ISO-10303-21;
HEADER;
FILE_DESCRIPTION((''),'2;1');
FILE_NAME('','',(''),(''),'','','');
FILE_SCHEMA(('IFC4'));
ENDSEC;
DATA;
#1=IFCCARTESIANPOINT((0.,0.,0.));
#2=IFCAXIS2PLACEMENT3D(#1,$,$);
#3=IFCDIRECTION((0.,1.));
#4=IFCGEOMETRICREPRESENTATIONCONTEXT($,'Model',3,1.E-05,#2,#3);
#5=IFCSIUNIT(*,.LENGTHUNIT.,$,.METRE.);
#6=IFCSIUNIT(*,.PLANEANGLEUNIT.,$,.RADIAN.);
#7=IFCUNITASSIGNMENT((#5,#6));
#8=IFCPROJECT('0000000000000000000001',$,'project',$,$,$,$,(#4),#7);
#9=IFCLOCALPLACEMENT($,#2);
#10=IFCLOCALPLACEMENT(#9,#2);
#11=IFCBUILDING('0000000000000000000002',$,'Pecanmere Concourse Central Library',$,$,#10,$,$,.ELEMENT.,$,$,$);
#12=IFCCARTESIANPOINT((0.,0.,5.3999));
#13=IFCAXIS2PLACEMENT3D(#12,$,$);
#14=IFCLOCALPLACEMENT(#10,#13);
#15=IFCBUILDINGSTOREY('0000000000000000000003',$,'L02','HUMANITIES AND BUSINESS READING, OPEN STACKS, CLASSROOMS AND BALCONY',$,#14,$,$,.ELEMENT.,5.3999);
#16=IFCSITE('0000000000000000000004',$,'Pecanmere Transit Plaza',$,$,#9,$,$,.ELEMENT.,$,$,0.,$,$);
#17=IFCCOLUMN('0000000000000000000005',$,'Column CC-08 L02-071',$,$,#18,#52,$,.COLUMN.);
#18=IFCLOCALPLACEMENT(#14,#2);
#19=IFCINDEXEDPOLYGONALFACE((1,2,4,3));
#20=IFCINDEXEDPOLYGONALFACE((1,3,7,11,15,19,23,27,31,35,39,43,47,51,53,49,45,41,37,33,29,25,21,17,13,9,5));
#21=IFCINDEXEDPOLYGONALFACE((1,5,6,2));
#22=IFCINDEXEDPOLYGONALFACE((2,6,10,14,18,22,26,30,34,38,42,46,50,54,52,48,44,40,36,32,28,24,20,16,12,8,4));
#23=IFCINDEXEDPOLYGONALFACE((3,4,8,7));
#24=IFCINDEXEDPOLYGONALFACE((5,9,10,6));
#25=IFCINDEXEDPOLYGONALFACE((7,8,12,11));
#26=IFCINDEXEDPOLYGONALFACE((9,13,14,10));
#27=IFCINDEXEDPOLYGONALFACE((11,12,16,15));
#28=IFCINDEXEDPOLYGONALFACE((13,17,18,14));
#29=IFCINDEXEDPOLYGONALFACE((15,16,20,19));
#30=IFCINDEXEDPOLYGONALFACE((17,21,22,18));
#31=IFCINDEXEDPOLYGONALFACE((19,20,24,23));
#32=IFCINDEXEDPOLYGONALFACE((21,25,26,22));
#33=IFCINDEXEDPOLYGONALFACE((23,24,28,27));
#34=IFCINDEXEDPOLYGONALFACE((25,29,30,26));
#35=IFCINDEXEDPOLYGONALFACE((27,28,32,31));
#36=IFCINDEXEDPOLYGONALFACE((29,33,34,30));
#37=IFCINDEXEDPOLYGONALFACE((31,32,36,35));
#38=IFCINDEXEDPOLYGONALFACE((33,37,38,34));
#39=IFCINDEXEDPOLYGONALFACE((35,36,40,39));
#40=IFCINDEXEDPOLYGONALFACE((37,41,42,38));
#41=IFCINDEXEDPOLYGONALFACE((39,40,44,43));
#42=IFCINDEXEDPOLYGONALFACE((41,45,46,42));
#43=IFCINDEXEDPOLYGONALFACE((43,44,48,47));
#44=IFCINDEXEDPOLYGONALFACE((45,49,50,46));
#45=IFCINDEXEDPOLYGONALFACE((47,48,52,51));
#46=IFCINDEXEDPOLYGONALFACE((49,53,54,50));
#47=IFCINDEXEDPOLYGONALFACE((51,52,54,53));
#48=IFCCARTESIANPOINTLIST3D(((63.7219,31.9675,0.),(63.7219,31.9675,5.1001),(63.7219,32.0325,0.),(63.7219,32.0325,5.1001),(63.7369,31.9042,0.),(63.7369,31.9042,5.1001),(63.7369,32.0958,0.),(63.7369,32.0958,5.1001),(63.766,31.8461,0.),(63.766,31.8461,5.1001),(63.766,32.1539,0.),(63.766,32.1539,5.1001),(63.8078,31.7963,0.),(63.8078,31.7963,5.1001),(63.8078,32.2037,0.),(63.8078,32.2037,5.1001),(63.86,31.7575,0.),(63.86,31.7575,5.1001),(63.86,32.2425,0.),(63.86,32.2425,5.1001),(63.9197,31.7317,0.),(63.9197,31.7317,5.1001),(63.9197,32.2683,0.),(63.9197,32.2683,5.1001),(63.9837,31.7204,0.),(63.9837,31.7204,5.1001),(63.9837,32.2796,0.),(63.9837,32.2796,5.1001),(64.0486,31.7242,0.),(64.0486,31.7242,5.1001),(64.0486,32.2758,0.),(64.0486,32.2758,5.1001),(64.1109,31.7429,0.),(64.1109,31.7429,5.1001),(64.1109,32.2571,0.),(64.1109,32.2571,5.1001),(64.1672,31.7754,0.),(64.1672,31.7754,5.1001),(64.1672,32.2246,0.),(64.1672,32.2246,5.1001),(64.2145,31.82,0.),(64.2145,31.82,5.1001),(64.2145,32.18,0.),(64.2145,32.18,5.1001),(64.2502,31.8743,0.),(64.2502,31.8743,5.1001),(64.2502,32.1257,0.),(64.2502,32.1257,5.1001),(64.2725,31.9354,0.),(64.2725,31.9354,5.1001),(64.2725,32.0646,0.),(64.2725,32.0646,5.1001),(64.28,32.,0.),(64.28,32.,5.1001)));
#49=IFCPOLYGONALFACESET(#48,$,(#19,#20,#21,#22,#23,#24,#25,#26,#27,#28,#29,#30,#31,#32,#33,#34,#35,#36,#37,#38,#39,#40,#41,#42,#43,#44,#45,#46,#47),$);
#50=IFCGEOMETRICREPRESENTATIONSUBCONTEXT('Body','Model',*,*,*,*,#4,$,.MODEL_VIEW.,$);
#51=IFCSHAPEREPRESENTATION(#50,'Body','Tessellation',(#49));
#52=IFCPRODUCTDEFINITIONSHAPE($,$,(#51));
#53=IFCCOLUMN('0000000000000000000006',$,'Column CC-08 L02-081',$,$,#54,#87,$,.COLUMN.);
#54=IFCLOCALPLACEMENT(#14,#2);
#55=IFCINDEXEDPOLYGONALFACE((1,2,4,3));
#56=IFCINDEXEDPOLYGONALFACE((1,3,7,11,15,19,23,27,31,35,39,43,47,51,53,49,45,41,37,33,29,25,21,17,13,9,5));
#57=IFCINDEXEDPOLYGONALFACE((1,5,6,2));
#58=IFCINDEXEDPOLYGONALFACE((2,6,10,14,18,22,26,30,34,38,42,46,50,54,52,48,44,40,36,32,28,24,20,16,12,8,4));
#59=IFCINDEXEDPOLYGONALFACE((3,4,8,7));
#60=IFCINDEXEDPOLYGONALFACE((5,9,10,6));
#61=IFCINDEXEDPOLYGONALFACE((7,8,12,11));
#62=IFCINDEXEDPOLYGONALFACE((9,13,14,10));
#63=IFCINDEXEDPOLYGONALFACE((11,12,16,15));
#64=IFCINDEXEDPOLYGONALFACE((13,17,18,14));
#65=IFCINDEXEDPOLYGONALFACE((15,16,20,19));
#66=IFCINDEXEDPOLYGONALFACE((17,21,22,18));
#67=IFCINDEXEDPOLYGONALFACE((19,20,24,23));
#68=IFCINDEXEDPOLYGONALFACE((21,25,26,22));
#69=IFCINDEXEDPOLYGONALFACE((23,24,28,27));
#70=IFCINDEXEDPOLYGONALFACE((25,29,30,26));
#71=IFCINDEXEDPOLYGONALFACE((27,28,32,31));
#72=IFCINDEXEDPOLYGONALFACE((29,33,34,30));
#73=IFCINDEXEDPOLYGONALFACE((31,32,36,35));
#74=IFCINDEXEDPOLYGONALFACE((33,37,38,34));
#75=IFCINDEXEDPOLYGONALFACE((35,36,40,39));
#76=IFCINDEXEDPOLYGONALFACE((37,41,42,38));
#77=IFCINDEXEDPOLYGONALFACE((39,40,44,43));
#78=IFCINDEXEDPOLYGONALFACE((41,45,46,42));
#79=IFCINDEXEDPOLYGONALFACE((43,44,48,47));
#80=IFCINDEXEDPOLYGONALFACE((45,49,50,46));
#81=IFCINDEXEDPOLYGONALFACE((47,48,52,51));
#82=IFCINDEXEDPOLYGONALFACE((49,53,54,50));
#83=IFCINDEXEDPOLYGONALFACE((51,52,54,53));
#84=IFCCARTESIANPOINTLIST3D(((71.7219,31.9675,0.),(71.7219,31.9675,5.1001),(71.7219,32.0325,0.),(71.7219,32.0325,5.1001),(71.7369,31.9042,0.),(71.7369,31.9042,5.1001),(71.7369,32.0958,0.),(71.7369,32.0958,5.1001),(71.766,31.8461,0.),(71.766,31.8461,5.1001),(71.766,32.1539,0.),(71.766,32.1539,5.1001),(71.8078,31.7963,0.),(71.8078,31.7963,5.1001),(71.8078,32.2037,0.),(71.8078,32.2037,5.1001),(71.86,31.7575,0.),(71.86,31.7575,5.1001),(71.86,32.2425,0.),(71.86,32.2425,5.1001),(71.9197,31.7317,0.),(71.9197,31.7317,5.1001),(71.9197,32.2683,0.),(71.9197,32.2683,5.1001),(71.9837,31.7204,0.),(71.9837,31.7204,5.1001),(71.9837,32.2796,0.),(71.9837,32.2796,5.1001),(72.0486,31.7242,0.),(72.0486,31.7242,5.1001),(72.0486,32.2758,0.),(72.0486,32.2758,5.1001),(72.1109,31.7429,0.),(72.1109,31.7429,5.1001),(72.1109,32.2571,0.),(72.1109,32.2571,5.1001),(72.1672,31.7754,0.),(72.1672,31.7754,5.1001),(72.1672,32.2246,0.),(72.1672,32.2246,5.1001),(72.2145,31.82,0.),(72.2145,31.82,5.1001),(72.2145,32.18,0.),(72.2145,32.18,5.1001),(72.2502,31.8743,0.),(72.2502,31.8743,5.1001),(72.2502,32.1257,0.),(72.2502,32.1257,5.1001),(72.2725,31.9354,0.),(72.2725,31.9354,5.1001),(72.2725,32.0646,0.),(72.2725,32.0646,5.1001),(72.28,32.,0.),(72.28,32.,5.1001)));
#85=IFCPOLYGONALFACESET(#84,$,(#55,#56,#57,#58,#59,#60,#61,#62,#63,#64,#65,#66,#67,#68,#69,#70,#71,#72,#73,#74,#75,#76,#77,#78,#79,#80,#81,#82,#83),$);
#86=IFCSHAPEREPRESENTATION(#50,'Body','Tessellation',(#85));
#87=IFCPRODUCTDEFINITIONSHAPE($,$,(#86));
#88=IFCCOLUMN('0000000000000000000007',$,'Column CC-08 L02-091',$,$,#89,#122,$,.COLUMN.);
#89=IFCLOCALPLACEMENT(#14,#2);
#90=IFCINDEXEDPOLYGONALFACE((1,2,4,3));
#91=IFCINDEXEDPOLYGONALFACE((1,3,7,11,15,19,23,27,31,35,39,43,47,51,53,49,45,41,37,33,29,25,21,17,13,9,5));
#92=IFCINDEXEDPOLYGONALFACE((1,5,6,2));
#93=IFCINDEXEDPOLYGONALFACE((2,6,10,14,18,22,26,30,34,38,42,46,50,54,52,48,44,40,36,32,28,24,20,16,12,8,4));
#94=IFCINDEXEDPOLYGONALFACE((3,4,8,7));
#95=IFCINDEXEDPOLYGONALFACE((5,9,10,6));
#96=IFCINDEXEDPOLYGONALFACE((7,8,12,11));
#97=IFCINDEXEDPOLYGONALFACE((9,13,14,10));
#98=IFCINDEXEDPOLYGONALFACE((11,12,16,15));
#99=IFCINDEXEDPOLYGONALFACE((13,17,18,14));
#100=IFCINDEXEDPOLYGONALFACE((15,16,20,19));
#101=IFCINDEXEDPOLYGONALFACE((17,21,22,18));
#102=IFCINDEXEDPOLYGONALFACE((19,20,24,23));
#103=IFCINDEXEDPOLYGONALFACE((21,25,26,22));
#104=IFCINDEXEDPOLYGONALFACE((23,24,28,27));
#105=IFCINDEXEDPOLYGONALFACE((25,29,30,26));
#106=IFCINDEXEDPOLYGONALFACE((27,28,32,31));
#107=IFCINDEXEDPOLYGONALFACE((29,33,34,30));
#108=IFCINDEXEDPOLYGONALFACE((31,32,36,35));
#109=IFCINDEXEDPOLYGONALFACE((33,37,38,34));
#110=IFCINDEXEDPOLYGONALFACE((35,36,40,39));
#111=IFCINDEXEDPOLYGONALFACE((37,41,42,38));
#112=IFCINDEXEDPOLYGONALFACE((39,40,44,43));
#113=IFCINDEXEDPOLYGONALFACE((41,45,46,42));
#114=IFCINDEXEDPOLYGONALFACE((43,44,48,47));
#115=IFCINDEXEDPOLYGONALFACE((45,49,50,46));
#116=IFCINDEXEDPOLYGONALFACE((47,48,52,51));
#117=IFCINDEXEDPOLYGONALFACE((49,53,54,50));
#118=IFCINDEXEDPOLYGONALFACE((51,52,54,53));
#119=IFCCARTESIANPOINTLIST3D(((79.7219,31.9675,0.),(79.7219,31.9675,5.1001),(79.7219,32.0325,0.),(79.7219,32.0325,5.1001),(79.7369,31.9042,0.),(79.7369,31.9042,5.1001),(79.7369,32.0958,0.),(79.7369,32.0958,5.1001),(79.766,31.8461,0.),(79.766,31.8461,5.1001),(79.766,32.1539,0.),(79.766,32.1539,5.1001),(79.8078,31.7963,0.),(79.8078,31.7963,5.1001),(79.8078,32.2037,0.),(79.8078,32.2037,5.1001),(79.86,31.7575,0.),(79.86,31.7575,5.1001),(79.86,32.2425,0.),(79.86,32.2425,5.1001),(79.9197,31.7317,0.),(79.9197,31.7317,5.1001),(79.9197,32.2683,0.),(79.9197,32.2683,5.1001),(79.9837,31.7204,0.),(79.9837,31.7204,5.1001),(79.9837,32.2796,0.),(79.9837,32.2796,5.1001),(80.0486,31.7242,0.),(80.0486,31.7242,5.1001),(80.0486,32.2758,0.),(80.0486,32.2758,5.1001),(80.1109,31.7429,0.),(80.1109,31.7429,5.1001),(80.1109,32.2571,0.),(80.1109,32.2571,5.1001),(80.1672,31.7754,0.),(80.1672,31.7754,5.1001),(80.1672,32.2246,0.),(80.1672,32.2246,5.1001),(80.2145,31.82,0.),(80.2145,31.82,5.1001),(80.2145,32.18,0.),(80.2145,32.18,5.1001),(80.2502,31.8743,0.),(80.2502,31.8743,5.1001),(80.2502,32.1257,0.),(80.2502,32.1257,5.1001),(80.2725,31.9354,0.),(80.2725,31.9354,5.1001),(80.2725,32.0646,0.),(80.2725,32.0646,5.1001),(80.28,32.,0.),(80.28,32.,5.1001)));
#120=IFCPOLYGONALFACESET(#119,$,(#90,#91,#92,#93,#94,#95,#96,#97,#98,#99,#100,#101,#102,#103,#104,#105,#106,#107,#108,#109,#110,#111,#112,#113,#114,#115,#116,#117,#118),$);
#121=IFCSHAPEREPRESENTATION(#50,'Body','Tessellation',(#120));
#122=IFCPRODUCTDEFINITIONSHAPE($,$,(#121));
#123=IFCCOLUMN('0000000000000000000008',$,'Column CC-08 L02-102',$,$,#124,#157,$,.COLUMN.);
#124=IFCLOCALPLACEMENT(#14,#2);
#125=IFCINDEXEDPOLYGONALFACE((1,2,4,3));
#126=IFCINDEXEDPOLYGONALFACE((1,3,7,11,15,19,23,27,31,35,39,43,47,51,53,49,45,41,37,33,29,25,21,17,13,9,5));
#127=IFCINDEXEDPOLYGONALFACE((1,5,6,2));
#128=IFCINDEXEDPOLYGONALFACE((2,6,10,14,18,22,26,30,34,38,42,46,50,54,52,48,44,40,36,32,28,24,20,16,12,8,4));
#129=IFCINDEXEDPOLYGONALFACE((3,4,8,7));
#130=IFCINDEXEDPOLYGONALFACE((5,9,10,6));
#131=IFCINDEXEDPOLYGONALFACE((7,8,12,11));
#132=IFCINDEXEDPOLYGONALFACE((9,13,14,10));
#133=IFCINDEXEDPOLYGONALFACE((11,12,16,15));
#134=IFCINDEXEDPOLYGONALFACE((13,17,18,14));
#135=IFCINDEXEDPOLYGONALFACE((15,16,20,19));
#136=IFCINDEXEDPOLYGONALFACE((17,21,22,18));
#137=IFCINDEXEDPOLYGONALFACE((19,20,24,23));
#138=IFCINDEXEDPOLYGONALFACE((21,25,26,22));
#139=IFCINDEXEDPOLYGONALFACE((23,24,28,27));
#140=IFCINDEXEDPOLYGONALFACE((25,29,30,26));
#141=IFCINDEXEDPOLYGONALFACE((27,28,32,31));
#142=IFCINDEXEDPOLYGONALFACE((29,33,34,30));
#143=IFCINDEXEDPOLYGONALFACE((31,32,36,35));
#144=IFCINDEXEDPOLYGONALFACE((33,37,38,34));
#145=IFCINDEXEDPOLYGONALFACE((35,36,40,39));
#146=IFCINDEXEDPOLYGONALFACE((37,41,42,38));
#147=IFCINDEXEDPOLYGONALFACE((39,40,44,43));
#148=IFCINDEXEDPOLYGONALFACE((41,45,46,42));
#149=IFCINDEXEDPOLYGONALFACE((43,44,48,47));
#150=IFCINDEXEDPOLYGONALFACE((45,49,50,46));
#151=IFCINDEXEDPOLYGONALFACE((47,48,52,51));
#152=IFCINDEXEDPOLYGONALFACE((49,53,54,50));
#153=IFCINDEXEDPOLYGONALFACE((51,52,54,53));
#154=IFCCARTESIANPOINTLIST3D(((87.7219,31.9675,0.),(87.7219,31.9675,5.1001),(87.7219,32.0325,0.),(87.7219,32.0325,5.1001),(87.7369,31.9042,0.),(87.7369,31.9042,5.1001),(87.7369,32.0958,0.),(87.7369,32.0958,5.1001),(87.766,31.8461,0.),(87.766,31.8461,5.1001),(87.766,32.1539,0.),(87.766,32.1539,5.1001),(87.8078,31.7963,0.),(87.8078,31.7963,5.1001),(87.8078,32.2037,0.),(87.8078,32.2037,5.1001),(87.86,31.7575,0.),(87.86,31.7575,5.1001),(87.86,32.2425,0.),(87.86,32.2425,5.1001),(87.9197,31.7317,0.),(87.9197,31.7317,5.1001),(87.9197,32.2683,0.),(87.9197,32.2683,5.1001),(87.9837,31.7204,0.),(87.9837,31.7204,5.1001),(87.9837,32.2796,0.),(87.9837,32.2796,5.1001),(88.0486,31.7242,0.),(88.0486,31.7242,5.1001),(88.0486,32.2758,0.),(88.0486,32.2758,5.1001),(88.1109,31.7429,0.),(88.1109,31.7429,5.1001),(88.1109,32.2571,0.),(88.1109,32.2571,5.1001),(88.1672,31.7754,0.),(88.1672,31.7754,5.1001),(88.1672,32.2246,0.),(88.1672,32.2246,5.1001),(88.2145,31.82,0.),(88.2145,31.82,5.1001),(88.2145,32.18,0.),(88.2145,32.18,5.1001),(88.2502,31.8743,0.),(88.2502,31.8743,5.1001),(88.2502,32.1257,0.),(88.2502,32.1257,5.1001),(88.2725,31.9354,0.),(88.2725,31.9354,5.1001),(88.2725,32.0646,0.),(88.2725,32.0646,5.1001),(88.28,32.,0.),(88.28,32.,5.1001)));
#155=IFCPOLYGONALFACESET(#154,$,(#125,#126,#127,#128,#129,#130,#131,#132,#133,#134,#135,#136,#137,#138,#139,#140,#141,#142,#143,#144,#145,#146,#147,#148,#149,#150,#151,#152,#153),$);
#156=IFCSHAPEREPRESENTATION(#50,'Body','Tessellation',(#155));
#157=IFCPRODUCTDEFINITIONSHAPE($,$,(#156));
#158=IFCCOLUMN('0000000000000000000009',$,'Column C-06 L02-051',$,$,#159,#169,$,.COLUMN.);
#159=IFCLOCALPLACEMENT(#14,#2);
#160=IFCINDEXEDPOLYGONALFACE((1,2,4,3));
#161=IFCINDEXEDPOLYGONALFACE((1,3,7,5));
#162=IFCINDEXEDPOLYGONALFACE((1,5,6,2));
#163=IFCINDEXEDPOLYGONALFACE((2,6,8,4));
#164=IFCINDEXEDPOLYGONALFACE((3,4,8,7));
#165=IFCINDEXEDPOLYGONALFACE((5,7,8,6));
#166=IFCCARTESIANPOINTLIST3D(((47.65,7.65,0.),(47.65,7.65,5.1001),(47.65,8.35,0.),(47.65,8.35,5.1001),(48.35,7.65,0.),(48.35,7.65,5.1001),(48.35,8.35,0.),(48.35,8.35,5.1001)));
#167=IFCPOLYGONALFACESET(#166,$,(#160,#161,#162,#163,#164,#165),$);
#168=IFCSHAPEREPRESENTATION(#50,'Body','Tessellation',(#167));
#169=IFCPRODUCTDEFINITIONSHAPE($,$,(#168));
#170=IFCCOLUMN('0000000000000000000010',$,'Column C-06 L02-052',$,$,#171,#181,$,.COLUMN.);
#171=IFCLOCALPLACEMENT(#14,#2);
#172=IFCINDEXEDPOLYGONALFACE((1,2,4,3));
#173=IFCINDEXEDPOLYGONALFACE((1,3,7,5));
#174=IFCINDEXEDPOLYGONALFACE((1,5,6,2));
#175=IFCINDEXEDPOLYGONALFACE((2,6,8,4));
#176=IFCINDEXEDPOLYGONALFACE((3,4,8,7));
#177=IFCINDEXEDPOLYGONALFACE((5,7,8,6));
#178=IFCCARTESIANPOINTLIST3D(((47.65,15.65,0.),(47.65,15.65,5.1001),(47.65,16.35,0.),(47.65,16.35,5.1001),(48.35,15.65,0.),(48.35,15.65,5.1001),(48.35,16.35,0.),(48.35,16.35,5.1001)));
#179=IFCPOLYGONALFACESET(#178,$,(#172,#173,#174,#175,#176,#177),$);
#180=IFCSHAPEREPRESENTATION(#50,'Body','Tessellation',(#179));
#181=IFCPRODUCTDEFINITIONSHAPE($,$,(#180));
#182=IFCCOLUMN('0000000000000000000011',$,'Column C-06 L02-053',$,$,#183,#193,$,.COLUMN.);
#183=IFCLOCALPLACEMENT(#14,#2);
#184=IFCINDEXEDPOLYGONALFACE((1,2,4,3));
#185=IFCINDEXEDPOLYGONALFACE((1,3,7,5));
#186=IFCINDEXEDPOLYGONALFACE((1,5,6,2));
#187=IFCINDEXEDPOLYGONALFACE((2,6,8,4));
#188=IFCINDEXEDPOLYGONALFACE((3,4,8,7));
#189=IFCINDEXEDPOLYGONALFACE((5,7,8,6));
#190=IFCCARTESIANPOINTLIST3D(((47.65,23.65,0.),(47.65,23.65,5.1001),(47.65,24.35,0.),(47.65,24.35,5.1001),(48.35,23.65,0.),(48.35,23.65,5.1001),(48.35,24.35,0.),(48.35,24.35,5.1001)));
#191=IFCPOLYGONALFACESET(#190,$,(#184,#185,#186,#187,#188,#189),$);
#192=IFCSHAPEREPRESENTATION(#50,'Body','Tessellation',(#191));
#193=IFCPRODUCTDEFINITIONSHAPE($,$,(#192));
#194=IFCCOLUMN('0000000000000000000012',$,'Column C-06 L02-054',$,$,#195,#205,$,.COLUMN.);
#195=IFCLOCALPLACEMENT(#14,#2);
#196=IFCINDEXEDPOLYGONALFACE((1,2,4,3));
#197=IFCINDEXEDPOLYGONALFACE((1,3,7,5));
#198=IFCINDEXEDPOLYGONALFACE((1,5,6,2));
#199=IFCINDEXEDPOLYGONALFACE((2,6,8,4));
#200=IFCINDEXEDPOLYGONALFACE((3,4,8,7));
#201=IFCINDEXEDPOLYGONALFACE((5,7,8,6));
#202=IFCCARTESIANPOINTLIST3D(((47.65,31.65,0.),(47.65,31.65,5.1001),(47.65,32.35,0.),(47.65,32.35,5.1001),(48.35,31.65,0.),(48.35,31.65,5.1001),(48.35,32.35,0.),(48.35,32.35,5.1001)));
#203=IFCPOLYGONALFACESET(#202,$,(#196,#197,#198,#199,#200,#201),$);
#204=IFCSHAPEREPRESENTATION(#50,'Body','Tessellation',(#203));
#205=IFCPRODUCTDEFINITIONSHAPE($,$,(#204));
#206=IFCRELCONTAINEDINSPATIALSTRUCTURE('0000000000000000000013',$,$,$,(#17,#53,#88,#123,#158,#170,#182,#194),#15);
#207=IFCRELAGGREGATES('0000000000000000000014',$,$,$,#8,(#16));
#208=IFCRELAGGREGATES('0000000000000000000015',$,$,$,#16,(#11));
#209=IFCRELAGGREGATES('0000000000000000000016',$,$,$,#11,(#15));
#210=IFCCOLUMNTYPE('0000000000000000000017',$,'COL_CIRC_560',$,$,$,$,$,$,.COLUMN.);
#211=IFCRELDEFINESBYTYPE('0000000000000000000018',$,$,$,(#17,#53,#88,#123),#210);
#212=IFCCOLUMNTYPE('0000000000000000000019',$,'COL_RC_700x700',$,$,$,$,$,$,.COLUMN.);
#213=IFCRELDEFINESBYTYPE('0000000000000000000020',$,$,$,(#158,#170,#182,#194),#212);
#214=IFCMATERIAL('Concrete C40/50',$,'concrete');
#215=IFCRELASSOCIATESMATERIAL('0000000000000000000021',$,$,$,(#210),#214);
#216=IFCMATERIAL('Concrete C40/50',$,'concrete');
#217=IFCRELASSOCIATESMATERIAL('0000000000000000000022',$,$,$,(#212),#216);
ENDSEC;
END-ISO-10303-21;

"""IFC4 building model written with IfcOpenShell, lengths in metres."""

from ifc_helpers import new_model, si_unit, direction, frame, origin, origin_2d, place, context, subcontext, project, spatial, rectangle, circle, extrude, material, material_profile, profile_set, type_object, element, save


model = new_model("IFC4")

# Units and contexts
model_context = context("Model", 3, precision=1e-05, world=origin(), true_north=direction((0.0, 1.0)))
body_context = subcontext(model_context, "Body", "Model", "MODEL_VIEW")
ifc_project = project(units=[si_unit("LENGTHUNIT", "METRE"), si_unit("PLANEANGLEUNIT", "RADIAN")], contexts=[model_context])

# Site, building, storey
site_placement = place(None, origin())
site = spatial("IfcSite", under=ifc_project, at=site_placement, Name="Pecanmere Transit Plaza", CompositionType="ELEMENT", RefElevation=0.0)
building_placement = place(site_placement, origin())
building = spatial("IfcBuilding", under=site, at=building_placement, Name="Pecanmere Concourse Central Library", CompositionType="ELEMENT")
storey_placement = place(building_placement, frame((0.0, 0.0, 5.3999)))
storey = spatial("IfcBuildingStorey", under=building, at=storey_placement, Name="L02", Description="HUMANITIES AND BUSINESS READING, OPEN STACKS, CLASSROOMS AND BALCONY", CompositionType="ELEMENT", Elevation=5.3999)

# Columns
ifc_material_1 = material(Name="Concrete C40/50", Category="concrete")
ifc_material_profile_1 = material_profile(ifc_material_1, circle(Radius=0.28, at=origin_2d()), Name="RC D560")
ifc_profile_set_1 = profile_set([ifc_material_profile_1], Name="Concrete C40/50")
column_type_1 = type_object("IfcColumnType", Name="COL_CIRC_560", PredefinedType="COLUMN", material=ifc_profile_set_1)
for number, where, z_axis, x_axis, name in (
    (1, (64.0, 32.0, 0.0), (0.0, 0.0, 1.0), (1.0, 0.0, 0.0), "Column CC-08 L02-071"),
    (2, (72.0, 32.0, 0.0), (0.0, 0.0, 1.0), (1.0, 0.0, 0.0), "Column CC-08 L02-081"),
    (3, (80.0, 32.0, 0.0), (0.0, 0.0, 1.0), (1.0, 0.0, 0.0), "Column CC-08 L02-091"),
    (4, (88.0, 32.0, 0.0), (0.0, 0.0, 1.0), (1.0, 0.0, 0.0), "Column CC-08 L02-102"),
):
    element("IfcColumn", number, at=place(storey_placement, frame(where, z_axis=z_axis, x_axis=x_axis)), inside=storey, type_object=column_type_1, Name=name, PredefinedType="COLUMN", context=body_context, shape_type="SweptSolid", body=[
        extrude(circle(Radius=0.28, at=origin_2d()), origin(), (0.0, 0.0, 1.0), 5.1001),
    ])
ifc_material_2 = material(Name="Concrete C40/50", Category="concrete")
ifc_material_profile_2 = material_profile(ifc_material_2, rectangle(XDim=0.7, YDim=0.7, at=origin_2d()), Name="RC 700x700")
ifc_profile_set_2 = profile_set([ifc_material_profile_2], Name="Concrete C40/50")
column_type_2 = type_object("IfcColumnType", Name="COL_RC_700x700", PredefinedType="COLUMN", material=ifc_profile_set_2)
for number, where, z_axis, x_axis, name in (
    (5, (48.0, 8.0, 0.0), (0.0, 0.0, 1.0), (1.0, 0.0, 0.0), "Column C-06 L02-051"),
    (6, (48.0, 16.0, 0.0), (0.0, 0.0, 1.0), (1.0, 0.0, 0.0), "Column C-06 L02-052"),
    (7, (48.0, 24.0, 0.0), (0.0, 0.0, 1.0), (1.0, 0.0, 0.0), "Column C-06 L02-053"),
    (8, (48.0, 32.0, 0.0), (0.0, 0.0, 1.0), (1.0, 0.0, 0.0), "Column C-06 L02-054"),
):
    element("IfcColumn", number, at=place(storey_placement, frame(where, z_axis=z_axis, x_axis=x_axis)), inside=storey, type_object=column_type_2, Name=name, PredefinedType="COLUMN", context=body_context, shape_type="SweptSolid", body=[
        extrude(rectangle(XDim=0.7, YDim=0.7, at=origin_2d()), origin(), (0.0, 0.0, 1.0), 5.1001),
    ])

save(model, "model.ifc")
